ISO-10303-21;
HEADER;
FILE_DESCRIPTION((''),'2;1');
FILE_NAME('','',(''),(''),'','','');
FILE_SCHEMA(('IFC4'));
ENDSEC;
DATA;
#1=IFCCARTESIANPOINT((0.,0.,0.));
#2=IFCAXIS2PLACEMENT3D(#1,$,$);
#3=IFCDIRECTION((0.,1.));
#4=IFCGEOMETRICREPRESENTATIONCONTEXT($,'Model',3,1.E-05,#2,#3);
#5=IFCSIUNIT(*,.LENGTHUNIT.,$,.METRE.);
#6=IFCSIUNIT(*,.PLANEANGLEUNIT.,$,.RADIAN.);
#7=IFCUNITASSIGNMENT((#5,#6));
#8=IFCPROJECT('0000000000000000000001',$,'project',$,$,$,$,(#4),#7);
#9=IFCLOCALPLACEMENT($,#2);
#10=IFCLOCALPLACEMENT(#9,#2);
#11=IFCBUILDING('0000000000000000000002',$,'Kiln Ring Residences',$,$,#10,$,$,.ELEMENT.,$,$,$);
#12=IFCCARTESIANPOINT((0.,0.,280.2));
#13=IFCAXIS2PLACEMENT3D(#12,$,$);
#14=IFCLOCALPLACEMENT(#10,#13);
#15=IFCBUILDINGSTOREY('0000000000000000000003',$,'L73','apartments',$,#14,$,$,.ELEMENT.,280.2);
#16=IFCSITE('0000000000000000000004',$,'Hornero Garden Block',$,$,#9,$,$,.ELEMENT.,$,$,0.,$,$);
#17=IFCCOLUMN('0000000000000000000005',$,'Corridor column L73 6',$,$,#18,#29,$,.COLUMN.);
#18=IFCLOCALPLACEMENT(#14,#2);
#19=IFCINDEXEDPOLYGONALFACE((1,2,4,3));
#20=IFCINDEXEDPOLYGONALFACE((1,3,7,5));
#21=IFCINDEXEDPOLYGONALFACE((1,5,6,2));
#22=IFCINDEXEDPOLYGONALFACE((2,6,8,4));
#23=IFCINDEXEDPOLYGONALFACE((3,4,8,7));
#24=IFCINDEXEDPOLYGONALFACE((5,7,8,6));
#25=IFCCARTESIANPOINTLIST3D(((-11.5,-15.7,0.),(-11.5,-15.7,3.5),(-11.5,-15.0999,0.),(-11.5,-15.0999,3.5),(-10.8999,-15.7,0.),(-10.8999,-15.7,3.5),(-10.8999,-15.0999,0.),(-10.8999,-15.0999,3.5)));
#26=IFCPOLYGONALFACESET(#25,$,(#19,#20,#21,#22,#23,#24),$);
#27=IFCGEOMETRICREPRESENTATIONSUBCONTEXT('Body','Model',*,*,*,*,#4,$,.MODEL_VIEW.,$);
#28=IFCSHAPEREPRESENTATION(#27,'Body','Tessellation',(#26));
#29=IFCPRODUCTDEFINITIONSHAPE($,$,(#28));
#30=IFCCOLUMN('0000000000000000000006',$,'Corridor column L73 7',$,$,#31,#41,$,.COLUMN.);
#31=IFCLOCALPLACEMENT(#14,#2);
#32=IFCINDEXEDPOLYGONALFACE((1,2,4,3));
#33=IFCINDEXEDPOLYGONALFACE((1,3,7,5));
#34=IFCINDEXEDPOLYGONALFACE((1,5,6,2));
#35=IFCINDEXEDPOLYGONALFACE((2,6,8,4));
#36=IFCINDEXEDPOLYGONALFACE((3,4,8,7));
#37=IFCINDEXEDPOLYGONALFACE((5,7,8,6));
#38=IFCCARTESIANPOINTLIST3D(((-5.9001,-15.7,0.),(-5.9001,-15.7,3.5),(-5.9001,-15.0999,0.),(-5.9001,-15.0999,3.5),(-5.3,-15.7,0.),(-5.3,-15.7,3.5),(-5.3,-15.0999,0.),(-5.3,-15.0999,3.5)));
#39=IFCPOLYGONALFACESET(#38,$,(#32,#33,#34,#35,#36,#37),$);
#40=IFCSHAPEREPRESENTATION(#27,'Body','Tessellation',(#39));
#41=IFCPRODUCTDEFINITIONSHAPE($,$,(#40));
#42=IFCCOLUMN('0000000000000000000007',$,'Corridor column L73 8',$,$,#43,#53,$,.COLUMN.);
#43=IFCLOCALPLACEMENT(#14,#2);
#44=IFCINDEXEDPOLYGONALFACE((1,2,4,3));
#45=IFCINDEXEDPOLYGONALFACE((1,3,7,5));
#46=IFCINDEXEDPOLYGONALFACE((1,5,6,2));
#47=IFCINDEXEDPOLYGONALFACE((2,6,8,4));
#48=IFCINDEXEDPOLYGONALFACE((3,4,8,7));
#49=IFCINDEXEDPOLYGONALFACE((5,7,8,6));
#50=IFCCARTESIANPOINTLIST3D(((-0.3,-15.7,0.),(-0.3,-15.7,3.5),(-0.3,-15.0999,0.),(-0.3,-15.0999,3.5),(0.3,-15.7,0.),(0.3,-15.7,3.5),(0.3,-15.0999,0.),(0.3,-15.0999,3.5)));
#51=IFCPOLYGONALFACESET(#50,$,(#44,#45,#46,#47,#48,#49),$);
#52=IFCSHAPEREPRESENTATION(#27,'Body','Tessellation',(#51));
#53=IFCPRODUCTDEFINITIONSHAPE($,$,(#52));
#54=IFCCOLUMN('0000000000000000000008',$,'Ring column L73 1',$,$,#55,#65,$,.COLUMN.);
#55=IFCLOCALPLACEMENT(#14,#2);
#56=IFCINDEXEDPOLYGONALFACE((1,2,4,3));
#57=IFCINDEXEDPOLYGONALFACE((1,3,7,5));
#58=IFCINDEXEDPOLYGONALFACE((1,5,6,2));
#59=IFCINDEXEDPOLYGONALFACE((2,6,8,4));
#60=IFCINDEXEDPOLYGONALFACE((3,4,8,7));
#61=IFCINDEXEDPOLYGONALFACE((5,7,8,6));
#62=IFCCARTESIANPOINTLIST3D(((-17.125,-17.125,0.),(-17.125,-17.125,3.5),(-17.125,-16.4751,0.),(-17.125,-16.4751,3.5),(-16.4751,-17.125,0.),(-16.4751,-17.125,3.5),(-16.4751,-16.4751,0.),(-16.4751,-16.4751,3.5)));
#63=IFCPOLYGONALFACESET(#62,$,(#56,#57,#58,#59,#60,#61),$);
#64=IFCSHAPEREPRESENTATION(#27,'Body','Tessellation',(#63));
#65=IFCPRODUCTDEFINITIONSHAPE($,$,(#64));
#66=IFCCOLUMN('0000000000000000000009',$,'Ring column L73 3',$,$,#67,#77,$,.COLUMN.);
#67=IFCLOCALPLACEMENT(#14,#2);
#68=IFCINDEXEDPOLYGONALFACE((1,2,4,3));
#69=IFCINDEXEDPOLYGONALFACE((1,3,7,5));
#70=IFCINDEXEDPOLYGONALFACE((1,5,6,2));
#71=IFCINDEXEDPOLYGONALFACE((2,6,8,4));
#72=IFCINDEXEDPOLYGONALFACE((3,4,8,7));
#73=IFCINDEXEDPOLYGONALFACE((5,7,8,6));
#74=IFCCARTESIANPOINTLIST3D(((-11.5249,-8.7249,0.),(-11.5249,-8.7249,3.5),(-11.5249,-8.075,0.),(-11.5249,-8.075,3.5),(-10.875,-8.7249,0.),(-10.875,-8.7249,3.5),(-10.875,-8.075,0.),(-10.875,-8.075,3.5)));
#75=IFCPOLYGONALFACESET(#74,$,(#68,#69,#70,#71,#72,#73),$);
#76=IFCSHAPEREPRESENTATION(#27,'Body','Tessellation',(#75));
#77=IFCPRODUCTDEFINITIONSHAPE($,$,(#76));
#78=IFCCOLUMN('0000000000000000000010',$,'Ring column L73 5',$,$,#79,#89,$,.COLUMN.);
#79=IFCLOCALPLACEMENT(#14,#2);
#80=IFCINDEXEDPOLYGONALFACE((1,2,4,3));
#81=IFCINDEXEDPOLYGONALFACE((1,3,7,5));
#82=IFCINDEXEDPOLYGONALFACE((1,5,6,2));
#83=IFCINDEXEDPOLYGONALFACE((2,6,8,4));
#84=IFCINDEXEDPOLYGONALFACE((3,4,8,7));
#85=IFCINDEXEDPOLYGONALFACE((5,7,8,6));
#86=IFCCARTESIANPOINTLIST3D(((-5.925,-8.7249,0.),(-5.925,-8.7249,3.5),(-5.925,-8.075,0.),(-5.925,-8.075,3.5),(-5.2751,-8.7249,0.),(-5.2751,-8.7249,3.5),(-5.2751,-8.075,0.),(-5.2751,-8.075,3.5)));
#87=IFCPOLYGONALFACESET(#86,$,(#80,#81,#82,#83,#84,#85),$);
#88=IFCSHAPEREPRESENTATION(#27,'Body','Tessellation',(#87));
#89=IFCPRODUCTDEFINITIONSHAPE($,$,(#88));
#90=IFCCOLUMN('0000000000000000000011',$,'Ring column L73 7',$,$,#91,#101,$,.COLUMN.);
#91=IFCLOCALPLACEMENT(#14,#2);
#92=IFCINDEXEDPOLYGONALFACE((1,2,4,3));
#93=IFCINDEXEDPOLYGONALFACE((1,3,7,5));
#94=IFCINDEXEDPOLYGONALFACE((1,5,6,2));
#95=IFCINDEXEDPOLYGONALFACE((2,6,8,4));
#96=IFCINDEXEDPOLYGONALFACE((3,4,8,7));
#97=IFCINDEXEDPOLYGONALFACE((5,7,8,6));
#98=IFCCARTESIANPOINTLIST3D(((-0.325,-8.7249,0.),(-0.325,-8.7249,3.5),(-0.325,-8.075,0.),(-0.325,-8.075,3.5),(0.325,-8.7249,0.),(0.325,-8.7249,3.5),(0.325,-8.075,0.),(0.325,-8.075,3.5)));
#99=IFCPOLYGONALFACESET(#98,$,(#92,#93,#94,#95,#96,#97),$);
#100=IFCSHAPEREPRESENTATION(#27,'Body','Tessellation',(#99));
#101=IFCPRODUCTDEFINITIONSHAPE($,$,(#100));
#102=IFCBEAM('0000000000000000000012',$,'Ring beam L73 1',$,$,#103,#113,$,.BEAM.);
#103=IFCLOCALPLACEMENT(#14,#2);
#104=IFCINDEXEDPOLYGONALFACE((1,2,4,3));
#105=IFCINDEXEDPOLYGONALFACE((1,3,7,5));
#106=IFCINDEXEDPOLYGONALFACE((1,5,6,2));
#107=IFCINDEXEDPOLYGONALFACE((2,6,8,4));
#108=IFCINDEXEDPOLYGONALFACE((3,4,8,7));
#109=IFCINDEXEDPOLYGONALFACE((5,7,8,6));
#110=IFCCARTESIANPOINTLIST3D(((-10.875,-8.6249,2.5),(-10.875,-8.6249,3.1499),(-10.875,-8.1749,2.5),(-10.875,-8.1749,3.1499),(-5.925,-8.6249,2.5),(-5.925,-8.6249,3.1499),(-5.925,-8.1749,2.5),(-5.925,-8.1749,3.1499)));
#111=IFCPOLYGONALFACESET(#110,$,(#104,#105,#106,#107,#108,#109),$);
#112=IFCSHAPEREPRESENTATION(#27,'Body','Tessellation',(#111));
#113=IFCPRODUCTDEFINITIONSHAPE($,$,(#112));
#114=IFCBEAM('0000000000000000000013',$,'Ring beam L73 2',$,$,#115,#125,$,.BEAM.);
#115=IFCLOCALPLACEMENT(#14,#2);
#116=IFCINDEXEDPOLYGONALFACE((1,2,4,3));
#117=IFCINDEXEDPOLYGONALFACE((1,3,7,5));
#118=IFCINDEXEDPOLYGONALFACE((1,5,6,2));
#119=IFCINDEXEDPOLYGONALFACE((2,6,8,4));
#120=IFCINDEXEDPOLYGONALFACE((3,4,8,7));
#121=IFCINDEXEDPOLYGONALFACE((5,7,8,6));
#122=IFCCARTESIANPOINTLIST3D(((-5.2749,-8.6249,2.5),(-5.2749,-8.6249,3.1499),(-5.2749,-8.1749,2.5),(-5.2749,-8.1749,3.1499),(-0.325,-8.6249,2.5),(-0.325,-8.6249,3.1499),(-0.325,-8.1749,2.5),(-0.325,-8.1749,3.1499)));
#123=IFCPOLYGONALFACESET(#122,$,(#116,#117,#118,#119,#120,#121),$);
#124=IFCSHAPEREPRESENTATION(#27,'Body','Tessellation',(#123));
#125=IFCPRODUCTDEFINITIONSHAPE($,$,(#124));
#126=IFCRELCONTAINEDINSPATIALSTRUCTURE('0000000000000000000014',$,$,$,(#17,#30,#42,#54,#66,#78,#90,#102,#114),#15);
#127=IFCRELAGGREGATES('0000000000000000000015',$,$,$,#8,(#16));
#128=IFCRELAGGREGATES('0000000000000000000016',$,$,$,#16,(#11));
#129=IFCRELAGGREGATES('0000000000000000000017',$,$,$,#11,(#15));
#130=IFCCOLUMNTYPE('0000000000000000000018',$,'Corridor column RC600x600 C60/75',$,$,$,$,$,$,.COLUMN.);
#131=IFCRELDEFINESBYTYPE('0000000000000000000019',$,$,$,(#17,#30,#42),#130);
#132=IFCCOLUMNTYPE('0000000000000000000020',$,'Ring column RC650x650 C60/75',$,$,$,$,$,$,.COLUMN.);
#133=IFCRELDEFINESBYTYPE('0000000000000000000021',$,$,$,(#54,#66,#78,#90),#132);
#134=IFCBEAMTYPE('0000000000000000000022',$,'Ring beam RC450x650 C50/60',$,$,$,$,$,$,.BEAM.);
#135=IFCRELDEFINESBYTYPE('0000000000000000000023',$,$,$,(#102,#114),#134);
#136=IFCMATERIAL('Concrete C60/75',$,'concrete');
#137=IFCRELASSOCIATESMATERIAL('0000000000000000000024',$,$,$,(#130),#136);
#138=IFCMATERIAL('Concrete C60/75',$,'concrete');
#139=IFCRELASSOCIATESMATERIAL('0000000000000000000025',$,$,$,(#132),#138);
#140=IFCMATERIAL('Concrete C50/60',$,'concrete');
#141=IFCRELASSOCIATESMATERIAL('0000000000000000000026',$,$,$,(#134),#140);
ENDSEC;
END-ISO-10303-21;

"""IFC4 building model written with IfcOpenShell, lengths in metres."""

from ifc_helpers import new_model, si_unit, direction, frame, origin, origin_2d, place, context, subcontext, project, spatial, rectangle, extrude, material, material_profile, profile_set, type_object, element, save


model = new_model("IFC4")

# Units and contexts
model_context = context("Model", 3, precision=1e-05, world=origin(), true_north=direction((0.0, 1.0)))
body_context = subcontext(model_context, "Body", "Model", "MODEL_VIEW")
ifc_project = project(units=[si_unit("LENGTHUNIT", "METRE"), si_unit("PLANEANGLEUNIT", "RADIAN")], contexts=[model_context])

# Site, building, storey
site_placement = place(None, origin())
site = spatial("IfcSite", under=ifc_project, at=site_placement, Name="Hornero Garden Block", CompositionType="ELEMENT", RefElevation=0.0)
building_placement = place(site_placement, origin())
building = spatial("IfcBuilding", under=site, at=building_placement, Name="Kiln Ring Residences", CompositionType="ELEMENT")
storey_placement = place(building_placement, frame((0.0, 0.0, 280.2)))
storey = spatial("IfcBuildingStorey", under=building, at=storey_placement, Name="L73", Description="apartments", CompositionType="ELEMENT", Elevation=280.2)

# Columns
ifc_material_1 = material(Name="Concrete C60/75", Category="concrete")
ifc_material_profile_1 = material_profile(ifc_material_1, rectangle(XDim=0.6001, YDim=0.6001, at=origin_2d()), Name="RC600x600")
ifc_profile_set_1 = profile_set([ifc_material_profile_1], Name="Concrete C60/75")
column_type_1 = type_object("IfcColumnType", Name="Corridor column RC600x600 C60/75", PredefinedType="COLUMN", material=ifc_profile_set_1)
for number, where, z_axis, x_axis, name in (
    (1, (-11.2, -15.3999, 0.0), (0.0, 0.0, 1.0), (1.0, 0.0, 0.0), "Corridor column L73 6"),
    (2, (-5.6001, -15.3999, 0.0), (0.0, 0.0, 1.0), (1.0, 0.0, 0.0), "Corridor column L73 7"),
    (3, (0.0, -15.3999, 0.0), (0.0, 0.0, 1.0), (1.0, 0.0, 0.0), "Corridor column L73 8"),
):
    element("IfcColumn", number, at=place(storey_placement, frame(where, z_axis=z_axis, x_axis=x_axis)), inside=storey, type_object=column_type_1, Name=name, PredefinedType="COLUMN", context=body_context, shape_type="SweptSolid", body=[
        extrude(rectangle(XDim=0.6001, YDim=0.6001, at=origin_2d()), origin(), (0.0, 0.0, 1.0), 3.5),
    ])
ifc_material_2 = material(Name="Concrete C60/75", Category="concrete")
ifc_material_profile_2 = material_profile(ifc_material_2, rectangle(XDim=0.6499, YDim=0.6499, at=origin_2d()), Name="RC650x650")
ifc_profile_set_2 = profile_set([ifc_material_profile_2], Name="Concrete C60/75")
column_type_2 = type_object("IfcColumnType", Name="Ring column RC650x650 C60/75", PredefinedType="COLUMN", material=ifc_profile_set_2)
for number, where, z_axis, x_axis, name in (
    (4, (-16.8, -16.8, 0.0), (0.0, 0.0, 1.0), (1.0, 0.0, 0.0), "Ring column L73 1"),
    (5, (-11.2, -8.3999, 0.0), (0.0, 0.0, 1.0), (1.0, 0.0, 0.0), "Ring column L73 3"),
    (6, (-5.6001, -8.3999, 0.0), (0.0, 0.0, 1.0), (1.0, 0.0, 0.0), "Ring column L73 5"),
    (7, (0.0, -8.3999, 0.0), (0.0, 0.0, 1.0), (1.0, 0.0, 0.0), "Ring column L73 7"),
):
    element("IfcColumn", number, at=place(storey_placement, frame(where, z_axis=z_axis, x_axis=x_axis)), inside=storey, type_object=column_type_2, Name=name, PredefinedType="COLUMN", context=body_context, shape_type="SweptSolid", body=[
        extrude(rectangle(XDim=0.6499, YDim=0.6499, at=origin_2d()), origin(), (0.0, 0.0, 1.0), 3.5),
    ])

# Beams
ifc_material_3 = material(Name="Concrete C50/60", Category="concrete")
ifc_material_profile_3 = material_profile(ifc_material_3, rectangle(XDim=0.45, YDim=0.6499, at=origin_2d()), Name="RC450x650")
ifc_profile_set_3 = profile_set([ifc_material_profile_3], Name="Concrete C50/60")
beam_type = type_object("IfcBeamType", Name="Ring beam RC450x650 C50/60", PredefinedType="BEAM", material=ifc_profile_set_3)
for number, where, z_axis, x_axis, name in (
    (8, (-10.875, -8.3999, 2.825), (1.0, 0.0, 0.0), (0.0, 1.0, 0.0), "Ring beam L73 1"),
    (9, (-5.2749, -8.3999, 2.825), (1.0, 0.0, 0.0), (0.0, 1.0, 0.0), "Ring beam L73 2"),
):
    element("IfcBeam", number, at=place(storey_placement, frame(where, z_axis=z_axis, x_axis=x_axis)), inside=storey, type_object=beam_type, Name=name, PredefinedType="BEAM", context=body_context, shape_type="SweptSolid", body=[
        extrude(rectangle(XDim=0.45, YDim=0.6499, at=origin_2d()), origin(), (0.0, 0.0, 1.0), 4.95),
    ])

save(model, "model.ifc")
